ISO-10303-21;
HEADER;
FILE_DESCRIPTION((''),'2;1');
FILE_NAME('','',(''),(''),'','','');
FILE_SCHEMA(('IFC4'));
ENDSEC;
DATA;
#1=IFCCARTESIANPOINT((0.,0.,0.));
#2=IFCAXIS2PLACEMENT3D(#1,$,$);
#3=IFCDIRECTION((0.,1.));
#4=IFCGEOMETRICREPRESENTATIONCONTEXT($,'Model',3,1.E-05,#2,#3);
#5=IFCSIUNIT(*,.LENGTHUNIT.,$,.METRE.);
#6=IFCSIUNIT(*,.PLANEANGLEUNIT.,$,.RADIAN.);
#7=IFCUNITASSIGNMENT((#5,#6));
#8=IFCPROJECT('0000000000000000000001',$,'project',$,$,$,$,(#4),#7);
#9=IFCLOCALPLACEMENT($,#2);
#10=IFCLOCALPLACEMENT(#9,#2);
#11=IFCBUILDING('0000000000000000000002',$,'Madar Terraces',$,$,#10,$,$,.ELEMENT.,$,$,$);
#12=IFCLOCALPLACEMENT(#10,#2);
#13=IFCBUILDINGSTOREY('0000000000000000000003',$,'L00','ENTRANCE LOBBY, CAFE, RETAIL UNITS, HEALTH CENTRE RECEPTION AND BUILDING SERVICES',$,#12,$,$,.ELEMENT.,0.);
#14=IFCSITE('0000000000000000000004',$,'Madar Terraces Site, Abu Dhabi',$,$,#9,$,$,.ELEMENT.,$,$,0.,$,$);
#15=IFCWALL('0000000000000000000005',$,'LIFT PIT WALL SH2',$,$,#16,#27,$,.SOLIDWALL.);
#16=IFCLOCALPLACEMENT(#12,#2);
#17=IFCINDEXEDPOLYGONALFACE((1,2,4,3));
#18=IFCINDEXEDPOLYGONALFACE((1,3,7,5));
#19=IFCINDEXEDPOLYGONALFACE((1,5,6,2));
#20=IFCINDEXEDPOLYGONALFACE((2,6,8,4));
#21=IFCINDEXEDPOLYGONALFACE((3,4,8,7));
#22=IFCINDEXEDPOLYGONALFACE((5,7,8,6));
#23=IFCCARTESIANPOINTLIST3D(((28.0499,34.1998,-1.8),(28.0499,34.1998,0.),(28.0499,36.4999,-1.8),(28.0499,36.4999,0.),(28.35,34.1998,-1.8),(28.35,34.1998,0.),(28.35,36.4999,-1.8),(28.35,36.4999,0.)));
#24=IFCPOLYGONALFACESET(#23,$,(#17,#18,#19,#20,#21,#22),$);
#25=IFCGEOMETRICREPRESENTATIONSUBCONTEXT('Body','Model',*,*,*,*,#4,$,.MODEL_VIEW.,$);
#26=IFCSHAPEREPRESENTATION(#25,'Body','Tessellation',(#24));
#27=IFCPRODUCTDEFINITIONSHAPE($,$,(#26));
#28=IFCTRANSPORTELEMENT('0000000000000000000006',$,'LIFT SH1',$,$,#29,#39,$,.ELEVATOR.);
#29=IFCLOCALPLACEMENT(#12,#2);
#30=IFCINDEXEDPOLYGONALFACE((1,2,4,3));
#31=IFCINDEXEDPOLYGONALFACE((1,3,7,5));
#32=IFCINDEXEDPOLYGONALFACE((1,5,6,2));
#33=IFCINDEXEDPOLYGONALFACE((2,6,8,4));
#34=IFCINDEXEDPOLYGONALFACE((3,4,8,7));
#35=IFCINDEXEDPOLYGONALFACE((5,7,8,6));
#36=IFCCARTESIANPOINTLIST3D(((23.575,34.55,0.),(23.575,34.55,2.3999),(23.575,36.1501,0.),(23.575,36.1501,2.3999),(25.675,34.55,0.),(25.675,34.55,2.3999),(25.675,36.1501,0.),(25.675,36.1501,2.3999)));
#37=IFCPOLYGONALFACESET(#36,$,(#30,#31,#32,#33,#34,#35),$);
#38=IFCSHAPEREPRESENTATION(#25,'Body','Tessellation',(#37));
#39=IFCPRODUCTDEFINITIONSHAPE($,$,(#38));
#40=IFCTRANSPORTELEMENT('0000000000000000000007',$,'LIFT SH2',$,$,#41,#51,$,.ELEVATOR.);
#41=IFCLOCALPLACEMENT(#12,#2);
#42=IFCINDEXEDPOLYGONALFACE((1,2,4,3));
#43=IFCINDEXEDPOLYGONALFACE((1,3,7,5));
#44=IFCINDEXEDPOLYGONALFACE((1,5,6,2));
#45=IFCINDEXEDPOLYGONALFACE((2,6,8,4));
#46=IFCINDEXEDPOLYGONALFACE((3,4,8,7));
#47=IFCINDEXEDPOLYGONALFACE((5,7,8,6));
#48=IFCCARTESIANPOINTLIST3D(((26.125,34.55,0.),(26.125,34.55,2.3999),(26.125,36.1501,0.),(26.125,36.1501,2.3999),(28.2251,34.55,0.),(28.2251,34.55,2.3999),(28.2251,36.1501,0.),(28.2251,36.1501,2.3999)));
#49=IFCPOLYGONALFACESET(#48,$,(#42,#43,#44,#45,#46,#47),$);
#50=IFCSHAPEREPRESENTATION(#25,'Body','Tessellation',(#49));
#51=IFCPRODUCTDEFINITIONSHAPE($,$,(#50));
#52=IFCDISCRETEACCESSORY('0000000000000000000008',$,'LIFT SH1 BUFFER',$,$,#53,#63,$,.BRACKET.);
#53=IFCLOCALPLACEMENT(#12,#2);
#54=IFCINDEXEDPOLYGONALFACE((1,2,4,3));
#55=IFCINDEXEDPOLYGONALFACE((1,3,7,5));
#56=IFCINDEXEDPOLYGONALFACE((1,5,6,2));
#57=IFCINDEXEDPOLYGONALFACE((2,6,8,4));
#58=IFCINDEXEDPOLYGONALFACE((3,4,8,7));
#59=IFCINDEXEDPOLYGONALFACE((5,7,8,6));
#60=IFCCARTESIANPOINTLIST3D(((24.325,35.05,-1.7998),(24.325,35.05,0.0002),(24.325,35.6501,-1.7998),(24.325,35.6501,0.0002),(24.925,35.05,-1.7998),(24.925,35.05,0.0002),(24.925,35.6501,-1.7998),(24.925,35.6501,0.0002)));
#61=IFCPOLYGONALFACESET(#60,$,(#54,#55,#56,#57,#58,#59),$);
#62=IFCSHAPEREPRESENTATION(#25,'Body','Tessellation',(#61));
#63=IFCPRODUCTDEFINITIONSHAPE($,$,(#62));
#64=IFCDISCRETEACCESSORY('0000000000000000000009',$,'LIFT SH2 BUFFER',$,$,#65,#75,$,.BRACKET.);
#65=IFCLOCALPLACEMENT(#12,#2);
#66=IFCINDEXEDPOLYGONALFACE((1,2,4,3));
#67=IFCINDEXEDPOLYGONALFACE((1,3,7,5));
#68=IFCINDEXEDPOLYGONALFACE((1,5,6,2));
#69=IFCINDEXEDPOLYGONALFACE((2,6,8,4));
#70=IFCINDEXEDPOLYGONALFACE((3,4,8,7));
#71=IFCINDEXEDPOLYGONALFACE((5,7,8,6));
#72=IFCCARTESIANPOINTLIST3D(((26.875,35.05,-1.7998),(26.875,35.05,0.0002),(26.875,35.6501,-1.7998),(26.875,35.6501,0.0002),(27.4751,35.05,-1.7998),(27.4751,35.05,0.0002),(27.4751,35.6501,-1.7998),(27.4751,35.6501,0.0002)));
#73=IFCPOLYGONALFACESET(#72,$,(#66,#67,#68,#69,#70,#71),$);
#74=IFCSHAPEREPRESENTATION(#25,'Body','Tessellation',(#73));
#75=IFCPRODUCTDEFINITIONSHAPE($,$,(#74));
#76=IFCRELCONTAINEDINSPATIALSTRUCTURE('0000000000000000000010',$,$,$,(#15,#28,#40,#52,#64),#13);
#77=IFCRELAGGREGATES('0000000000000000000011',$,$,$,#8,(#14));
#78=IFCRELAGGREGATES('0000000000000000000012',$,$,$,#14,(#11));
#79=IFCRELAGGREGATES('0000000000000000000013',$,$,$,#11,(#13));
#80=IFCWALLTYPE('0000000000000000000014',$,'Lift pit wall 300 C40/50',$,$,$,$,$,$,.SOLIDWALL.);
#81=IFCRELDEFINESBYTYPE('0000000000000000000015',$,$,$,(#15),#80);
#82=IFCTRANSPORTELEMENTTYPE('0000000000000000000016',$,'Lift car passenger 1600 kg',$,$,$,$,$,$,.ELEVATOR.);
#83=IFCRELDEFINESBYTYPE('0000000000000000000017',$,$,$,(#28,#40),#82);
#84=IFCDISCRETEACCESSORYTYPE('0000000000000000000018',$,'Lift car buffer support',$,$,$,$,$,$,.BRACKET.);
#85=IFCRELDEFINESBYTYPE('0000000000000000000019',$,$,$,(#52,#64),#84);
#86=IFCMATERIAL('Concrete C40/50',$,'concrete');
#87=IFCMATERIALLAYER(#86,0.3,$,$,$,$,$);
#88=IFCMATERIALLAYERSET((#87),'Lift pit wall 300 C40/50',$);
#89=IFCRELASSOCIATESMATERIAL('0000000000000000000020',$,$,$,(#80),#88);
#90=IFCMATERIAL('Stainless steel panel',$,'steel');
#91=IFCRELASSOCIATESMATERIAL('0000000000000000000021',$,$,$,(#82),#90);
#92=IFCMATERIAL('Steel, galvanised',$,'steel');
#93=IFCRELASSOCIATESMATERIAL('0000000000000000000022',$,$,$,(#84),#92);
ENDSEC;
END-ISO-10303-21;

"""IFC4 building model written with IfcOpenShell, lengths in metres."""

from ifc_helpers import new_model, si_unit, direction, frame, frame_2d, origin, origin_2d, place, context, subcontext, project, spatial, rectangle, extrude, material, layer, layer_set, type_object, element, save


model = new_model("IFC4")

# Units and contexts
model_context = context("Model", 3, precision=1e-05, world=origin(), true_north=direction((0.0, 1.0)))
body_context = subcontext(model_context, "Body", "Model", "MODEL_VIEW")
ifc_project = project(units=[si_unit("LENGTHUNIT", "METRE"), si_unit("PLANEANGLEUNIT", "RADIAN")], contexts=[model_context])

# Site, building, storey
site_placement = place(None, origin())
site = spatial("IfcSite", under=ifc_project, at=site_placement, Name="Madar Terraces Site, Abu Dhabi", CompositionType="ELEMENT", RefElevation=0.0)
building_placement = place(site_placement, origin())
building = spatial("IfcBuilding", under=site, at=building_placement, Name="Madar Terraces", CompositionType="ELEMENT")
storey_placement = place(building_placement, origin())
storey = spatial("IfcBuildingStorey", under=building, at=storey_placement, Name="L00", Description="ENTRANCE LOBBY, CAFE, RETAIL UNITS, HEALTH CENTRE RECEPTION AND BUILDING SERVICES", CompositionType="ELEMENT", Elevation=0.0)

# Wall
ifc_material_1 = material(Name="Concrete C40/50", Category="concrete")
ifc_layer_1 = layer(ifc_material_1, 0.3)
ifc_layer_set_1 = layer_set([ifc_layer_1], Name="Lift pit wall 300 C40/50")
wall_type_1 = type_object("IfcWallType", Name="Lift pit wall 300 C40/50", PredefinedType="SOLIDWALL", material=ifc_layer_set_1)
for number, where, z_axis, x_axis, name in (
    (1, (28.2, 34.2, -1.8), (0.0, 0.0, 1.0), (0.0, 1.0, 0.0), "LIFT PIT WALL SH2"),
):
    element("IfcWall", number, at=place(storey_placement, frame(where, z_axis=z_axis, x_axis=x_axis)), inside=storey, type_object=wall_type_1, Name=name, PredefinedType="SOLIDWALL", context=body_context, shape_type="SweptSolid", body=[
        extrude(rectangle(XDim=2.3, YDim=0.3, at=frame_2d((1.1499, 0.0))), origin(), (0.0, 0.0, 1.0), 1.8),
    ])

# Transport elements
ifc_material_2 = material(Name="Stainless steel panel", Category="steel")
transport_element_type = type_object("IfcTransportElementType", Name="Lift car passenger 1600 kg", PredefinedType="ELEVATOR", material=ifc_material_2)
for number, where, z_axis, x_axis, name in (
    (2, (24.625, 35.3501, 0.0), (0.0, 0.0, 1.0), (1.0, 0.0, 0.0), "LIFT SH1"),
    (3, (27.175, 35.3501, 0.0), (0.0, 0.0, 1.0), (1.0, 0.0, 0.0), "LIFT SH2"),
):
    element("IfcTransportElement", number, at=place(storey_placement, frame(where, z_axis=z_axis, x_axis=x_axis)), inside=storey, type_object=transport_element_type, Name=name, PredefinedType="ELEVATOR", context=body_context, shape_type="SweptSolid", body=[
        extrude(rectangle(XDim=2.1001, YDim=1.6001, at=origin_2d()), origin(), (0.0, 0.0, 1.0), 2.3999),
    ])

# Discrete accessories
ifc_material_3 = material(Name="Steel, galvanised", Category="steel")
discrete_accessory_type = type_object("IfcDiscreteAccessoryType", Name="Lift car buffer support", PredefinedType="BRACKET", material=ifc_material_3)
for number, where, z_axis, x_axis, name in (
    (4, (24.625, 35.3501, -1.7998), (0.0, 0.0, 1.0), (1.0, 0.0, 0.0), "LIFT SH1 BUFFER"),
    (5, (27.175, 35.3501, -1.7998), (0.0, 0.0, 1.0), (1.0, 0.0, 0.0), "LIFT SH2 BUFFER"),
):
    element("IfcDiscreteAccessory", number, at=place(storey_placement, frame(where, z_axis=z_axis, x_axis=x_axis)), inside=storey, type_object=discrete_accessory_type, Name=name, PredefinedType="BRACKET", context=body_context, shape_type="SweptSolid", body=[
        extrude(rectangle(XDim=0.6001, YDim=0.6001, at=origin_2d()), origin(), (0.0, 0.0, 1.0), 1.8),
    ])

save(model, "model.ifc")
